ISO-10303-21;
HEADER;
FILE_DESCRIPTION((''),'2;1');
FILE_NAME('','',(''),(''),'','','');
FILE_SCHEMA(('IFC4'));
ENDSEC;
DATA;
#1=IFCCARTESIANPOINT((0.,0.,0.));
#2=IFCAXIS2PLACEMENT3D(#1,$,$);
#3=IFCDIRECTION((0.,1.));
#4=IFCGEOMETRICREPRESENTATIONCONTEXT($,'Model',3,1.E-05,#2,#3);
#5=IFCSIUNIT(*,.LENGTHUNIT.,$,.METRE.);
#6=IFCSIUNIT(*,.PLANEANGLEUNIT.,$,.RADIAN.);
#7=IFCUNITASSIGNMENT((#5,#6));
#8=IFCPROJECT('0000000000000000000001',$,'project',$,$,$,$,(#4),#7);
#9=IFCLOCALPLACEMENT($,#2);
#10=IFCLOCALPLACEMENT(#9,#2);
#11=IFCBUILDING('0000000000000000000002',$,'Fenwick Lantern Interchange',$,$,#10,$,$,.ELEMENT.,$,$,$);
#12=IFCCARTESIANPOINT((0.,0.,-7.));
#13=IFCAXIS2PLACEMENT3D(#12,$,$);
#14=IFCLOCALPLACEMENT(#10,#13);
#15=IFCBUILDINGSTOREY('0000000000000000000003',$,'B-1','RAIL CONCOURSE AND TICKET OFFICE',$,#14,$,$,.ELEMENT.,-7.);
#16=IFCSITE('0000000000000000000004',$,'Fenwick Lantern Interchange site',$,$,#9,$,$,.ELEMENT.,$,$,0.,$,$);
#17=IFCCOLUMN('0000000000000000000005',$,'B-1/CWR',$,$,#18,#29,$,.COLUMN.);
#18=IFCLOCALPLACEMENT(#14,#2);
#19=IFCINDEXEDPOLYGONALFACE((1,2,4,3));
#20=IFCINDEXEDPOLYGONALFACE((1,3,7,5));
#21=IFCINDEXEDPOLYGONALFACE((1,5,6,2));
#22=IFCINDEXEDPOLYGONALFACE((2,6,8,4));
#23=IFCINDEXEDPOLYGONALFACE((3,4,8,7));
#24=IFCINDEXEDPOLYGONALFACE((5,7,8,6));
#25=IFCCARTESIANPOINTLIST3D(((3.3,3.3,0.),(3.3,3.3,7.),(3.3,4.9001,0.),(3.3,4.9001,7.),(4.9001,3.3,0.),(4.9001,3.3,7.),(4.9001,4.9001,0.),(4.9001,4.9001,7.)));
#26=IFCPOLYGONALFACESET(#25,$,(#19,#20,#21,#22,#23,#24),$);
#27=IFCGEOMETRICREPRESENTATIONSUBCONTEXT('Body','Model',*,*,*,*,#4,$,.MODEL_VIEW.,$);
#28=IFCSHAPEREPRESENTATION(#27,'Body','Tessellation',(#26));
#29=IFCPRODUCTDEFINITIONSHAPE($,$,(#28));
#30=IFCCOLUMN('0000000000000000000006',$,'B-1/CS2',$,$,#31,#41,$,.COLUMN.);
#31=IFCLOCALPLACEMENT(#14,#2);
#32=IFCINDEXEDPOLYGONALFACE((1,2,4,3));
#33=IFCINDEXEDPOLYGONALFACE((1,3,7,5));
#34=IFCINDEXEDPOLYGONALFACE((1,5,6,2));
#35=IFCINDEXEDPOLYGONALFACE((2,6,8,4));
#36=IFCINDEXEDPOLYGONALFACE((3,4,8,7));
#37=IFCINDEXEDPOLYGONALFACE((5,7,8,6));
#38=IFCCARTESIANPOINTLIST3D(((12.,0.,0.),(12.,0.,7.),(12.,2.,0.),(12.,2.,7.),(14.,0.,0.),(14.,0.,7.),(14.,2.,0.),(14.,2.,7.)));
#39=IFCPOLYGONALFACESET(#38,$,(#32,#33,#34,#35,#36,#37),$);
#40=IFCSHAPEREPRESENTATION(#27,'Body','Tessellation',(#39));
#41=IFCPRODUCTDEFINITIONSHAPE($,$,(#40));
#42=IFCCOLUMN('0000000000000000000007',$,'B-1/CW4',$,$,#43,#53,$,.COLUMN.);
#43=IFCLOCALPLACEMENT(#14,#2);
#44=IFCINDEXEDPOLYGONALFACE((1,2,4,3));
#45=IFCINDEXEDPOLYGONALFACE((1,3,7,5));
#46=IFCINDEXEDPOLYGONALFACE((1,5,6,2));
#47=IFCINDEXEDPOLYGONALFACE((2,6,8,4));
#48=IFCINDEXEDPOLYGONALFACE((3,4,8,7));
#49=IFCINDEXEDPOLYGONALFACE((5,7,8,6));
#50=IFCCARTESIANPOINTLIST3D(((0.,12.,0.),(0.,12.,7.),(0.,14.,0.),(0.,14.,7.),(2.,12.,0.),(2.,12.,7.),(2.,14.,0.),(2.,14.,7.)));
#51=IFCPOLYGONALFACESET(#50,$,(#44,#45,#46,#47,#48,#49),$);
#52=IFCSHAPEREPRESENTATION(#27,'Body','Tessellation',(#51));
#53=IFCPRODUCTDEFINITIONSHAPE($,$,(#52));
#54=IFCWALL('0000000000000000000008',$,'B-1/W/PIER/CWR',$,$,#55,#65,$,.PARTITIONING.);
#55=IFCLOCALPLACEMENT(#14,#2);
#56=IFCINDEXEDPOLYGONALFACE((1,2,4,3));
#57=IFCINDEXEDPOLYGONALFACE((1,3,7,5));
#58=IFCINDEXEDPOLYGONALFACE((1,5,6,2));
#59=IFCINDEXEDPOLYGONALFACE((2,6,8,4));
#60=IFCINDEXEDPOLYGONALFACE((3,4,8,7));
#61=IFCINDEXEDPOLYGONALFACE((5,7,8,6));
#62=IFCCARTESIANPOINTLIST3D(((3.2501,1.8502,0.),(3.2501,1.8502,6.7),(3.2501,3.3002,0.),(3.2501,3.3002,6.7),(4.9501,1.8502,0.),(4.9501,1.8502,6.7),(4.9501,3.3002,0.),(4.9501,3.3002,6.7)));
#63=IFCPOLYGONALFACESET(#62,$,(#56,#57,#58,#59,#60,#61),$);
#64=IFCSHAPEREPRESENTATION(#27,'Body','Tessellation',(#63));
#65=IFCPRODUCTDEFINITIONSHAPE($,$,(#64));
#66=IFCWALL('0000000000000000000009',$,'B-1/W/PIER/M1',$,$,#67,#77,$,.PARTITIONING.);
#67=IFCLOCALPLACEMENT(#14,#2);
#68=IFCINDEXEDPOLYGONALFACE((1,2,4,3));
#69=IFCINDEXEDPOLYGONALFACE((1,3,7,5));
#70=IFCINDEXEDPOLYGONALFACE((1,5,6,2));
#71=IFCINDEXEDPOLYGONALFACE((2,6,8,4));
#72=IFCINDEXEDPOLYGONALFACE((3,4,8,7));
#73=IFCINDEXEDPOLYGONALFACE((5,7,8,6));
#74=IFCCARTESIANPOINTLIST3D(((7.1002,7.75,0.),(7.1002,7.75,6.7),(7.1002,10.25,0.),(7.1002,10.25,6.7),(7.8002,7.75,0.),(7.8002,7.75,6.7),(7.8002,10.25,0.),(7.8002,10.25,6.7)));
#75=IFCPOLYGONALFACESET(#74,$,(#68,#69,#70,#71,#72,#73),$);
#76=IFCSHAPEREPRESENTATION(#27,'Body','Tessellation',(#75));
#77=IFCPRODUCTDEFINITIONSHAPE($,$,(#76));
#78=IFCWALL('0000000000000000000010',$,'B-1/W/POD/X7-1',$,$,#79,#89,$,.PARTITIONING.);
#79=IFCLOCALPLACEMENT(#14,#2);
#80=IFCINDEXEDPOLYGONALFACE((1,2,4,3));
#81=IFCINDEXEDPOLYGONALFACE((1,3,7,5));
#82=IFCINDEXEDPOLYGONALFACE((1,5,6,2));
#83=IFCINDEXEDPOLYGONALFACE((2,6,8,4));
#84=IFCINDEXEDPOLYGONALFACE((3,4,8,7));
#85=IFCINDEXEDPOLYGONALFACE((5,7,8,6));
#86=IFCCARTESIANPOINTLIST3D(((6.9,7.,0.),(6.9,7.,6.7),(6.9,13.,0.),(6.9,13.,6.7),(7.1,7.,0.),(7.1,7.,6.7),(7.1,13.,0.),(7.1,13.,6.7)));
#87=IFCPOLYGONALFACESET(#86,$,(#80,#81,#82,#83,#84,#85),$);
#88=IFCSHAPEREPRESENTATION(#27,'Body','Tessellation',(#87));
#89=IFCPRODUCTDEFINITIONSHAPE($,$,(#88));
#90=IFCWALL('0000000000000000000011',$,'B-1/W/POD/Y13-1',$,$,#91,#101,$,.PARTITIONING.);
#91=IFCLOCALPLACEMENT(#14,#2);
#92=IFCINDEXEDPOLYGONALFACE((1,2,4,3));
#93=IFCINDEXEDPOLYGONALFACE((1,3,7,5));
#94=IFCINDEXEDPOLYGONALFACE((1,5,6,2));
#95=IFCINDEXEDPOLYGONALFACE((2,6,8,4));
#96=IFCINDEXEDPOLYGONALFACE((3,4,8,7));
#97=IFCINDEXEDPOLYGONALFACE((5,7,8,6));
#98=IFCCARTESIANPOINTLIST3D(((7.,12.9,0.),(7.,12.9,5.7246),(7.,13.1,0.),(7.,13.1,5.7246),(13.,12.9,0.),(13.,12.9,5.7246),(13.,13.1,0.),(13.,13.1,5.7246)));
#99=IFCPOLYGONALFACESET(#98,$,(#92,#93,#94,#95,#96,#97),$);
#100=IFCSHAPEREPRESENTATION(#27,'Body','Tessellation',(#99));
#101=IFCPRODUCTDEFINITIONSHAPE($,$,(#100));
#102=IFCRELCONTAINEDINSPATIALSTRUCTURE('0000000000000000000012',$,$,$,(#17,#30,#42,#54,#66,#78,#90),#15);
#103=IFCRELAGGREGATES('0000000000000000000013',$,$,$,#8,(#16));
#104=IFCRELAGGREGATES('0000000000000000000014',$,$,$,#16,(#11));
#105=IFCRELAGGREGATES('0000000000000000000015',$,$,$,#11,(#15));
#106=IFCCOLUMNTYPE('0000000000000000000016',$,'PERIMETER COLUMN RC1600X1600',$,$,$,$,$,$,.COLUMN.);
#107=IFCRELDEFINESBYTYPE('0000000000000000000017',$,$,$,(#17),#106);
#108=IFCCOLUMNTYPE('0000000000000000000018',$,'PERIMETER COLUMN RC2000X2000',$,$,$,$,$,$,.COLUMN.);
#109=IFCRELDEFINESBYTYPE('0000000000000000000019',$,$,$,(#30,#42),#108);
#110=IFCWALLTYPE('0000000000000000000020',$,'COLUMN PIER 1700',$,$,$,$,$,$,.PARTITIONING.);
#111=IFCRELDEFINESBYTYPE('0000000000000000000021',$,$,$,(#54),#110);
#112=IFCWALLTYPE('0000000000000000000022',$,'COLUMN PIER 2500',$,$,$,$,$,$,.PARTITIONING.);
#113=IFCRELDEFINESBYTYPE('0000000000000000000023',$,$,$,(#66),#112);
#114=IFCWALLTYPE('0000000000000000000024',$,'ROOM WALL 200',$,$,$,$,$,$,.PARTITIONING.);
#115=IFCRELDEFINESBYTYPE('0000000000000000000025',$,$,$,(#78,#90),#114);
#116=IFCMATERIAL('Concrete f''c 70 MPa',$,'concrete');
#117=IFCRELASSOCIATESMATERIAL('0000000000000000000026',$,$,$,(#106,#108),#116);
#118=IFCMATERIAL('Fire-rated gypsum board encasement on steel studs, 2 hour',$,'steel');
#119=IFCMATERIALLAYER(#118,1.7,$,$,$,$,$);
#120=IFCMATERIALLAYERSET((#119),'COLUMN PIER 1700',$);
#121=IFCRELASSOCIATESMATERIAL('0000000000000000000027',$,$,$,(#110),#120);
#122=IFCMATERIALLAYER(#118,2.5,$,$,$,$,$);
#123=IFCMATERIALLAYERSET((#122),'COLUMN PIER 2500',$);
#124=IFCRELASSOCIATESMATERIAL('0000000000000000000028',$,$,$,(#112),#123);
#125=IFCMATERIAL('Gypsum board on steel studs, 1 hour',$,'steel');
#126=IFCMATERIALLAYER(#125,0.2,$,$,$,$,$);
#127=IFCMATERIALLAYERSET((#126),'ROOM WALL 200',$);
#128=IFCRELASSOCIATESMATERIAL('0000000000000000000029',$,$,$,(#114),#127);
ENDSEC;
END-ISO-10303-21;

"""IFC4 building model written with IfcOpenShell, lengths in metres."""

from ifc_helpers import new_model, si_unit, direction, frame, frame_2d, origin, origin_2d, place, context, subcontext, project, spatial, rectangle, extrude, material, layer, layer_set, material_profile, profile_set, type_object, element, save


model = new_model("IFC4")

# Units and contexts
model_context = context("Model", 3, precision=1e-05, world=origin(), true_north=direction((0.0, 1.0)))
body_context = subcontext(model_context, "Body", "Model", "MODEL_VIEW")
ifc_project = project(units=[si_unit("LENGTHUNIT", "METRE"), si_unit("PLANEANGLEUNIT", "RADIAN")], contexts=[model_context])

# Site, building, storey
site_placement = place(None, origin())
site = spatial("IfcSite", under=ifc_project, at=site_placement, Name="Fenwick Lantern Interchange site", CompositionType="ELEMENT", RefElevation=0.0)
building_placement = place(site_placement, origin())
building = spatial("IfcBuilding", under=site, at=building_placement, Name="Fenwick Lantern Interchange", CompositionType="ELEMENT")
storey_placement = place(building_placement, frame((0.0, 0.0, -7.0)))
storey = spatial("IfcBuildingStorey", under=building, at=storey_placement, Name="B-1", Description="RAIL CONCOURSE AND TICKET OFFICE", CompositionType="ELEMENT", Elevation=-7.0)

# Columns
ifc_material_1 = material(Name="Concrete f'c 70 MPa", Category="concrete")
ifc_material_profile_1 = material_profile(ifc_material_1, rectangle(XDim=1.6001, YDim=1.6001, at=origin_2d()), Name="RC1600X1600")
ifc_profile_set_1 = profile_set([ifc_material_profile_1], Name="Concrete f'c 70 MPa")
column_type_1 = type_object("IfcColumnType", Name="PERIMETER COLUMN RC1600X1600", PredefinedType="COLUMN", material=ifc_profile_set_1)
for number, where, z_axis, x_axis, name in (
    (1, (4.1001, 4.1001, 0.0), (0.0, 0.0, 1.0), (1.0, 0.0, 0.0), "B-1/CWR"),
):
    element("IfcColumn", number, at=place(storey_placement, frame(where, z_axis=z_axis, x_axis=x_axis)), inside=storey, type_object=column_type_1, Name=name, PredefinedType="COLUMN", context=body_context, shape_type="SweptSolid", body=[
        extrude(rectangle(XDim=1.6001, YDim=1.6001, at=origin_2d()), origin(), (0.0, 0.0, 1.0), 7.0),
    ])
ifc_material_profile_2 = material_profile(ifc_material_1, rectangle(XDim=2.0, YDim=2.0, at=origin_2d()), Name="RC2000X2000")
ifc_profile_set_2 = profile_set([ifc_material_profile_2], Name="Concrete f'c 70 MPa")
column_type_2 = type_object("IfcColumnType", Name="PERIMETER COLUMN RC2000X2000", PredefinedType="COLUMN", material=ifc_profile_set_2)
for number, where, z_axis, x_axis, name in (
    (2, (13.0, 1.0, 0.0), (0.0, 0.0, 1.0), (1.0, 0.0, 0.0), "B-1/CS2"),
    (3, (1.0, 13.0, 0.0), (0.0, 0.0, 1.0), (1.0, 0.0, 0.0), "B-1/CW4"),
):
    element("IfcColumn", number, at=place(storey_placement, frame(where, z_axis=z_axis, x_axis=x_axis)), inside=storey, type_object=column_type_2, Name=name, PredefinedType="COLUMN", context=body_context, shape_type="SweptSolid", body=[
        extrude(rectangle(XDim=2.0, YDim=2.0, at=origin_2d()), origin(), (0.0, 0.0, 1.0), 7.0),
    ])

# Walls
ifc_material_2 = material(Name="Fire-rated gypsum board encasement on steel studs, 2 hour", Category="steel")
ifc_layer_1 = layer(ifc_material_2, 1.7)
ifc_layer_set_1 = layer_set([ifc_layer_1], Name="COLUMN PIER 1700")
wall_type_1 = type_object("IfcWallType", Name="COLUMN PIER 1700", PredefinedType="PARTITIONING", material=ifc_layer_set_1)
wall_1_placement = place(storey_placement, frame((4.1001, 1.8501, 0.0), z_axis=(0.0, 0.0, 1.0), x_axis=(0.0, 1.0, 0.0)))
element("IfcWall", 4, at=wall_1_placement, inside=storey, type_object=wall_type_1, Name="B-1/W/PIER/CWR", PredefinedType="PARTITIONING", context=body_context, shape_type="SweptSolid", body=[
    extrude(rectangle(XDim=1.45, YDim=1.7, at=frame_2d((0.7251, 0.0))), origin(), (0.0, 0.0, 1.0), 6.7),
])
ifc_layer_2 = layer(ifc_material_2, 2.5)
ifc_layer_set_2 = layer_set([ifc_layer_2], Name="COLUMN PIER 2500")
wall_type_2 = type_object("IfcWallType", Name="COLUMN PIER 2500", PredefinedType="PARTITIONING", material=ifc_layer_set_2)
wall_2_placement = place(storey_placement, frame((7.1001, 9.0, 0.0), z_axis=(0.0, 0.0, 1.0), x_axis=(1.0, 0.0, 0.0)))
element("IfcWall", 5, at=wall_2_placement, inside=storey, type_object=wall_type_2, Name="B-1/W/PIER/M1", PredefinedType="PARTITIONING", context=body_context, shape_type="SweptSolid", body=[
    extrude(rectangle(XDim=0.7, YDim=2.5, at=frame_2d((0.3501, 0.0))), origin(), (0.0, 0.0, 1.0), 6.7),
])

# Walls
ifc_material_3 = material(Name="Gypsum board on steel studs, 1 hour", Category="steel")
ifc_layer_3 = layer(ifc_material_3, 0.2)
ifc_layer_set_3 = layer_set([ifc_layer_3], Name="ROOM WALL 200")
wall_type_3 = type_object("IfcWallType", Name="ROOM WALL 200", PredefinedType="PARTITIONING", material=ifc_layer_set_3)
wall_3_placement = place(storey_placement, frame((7.0, 7.0, 0.0), z_axis=(0.0, 0.0, 1.0), x_axis=(0.0, 1.0, 0.0)))
element("IfcWall", 6, at=wall_3_placement, inside=storey, type_object=wall_type_3, Name="B-1/W/POD/X7-1", PredefinedType="PARTITIONING", context=body_context, shape_type="SweptSolid", body=[
    extrude(rectangle(XDim=6.0, YDim=0.2, at=frame_2d((3.0, 0.0))), origin(), (0.0, 0.0, 1.0), 6.7),
])
wall_4_placement = place(storey_placement, frame((7.0, 13.0, 0.0), z_axis=(0.0, 0.0, 1.0), x_axis=(1.0, 0.0, 0.0)))
element("IfcWall", 7, at=wall_4_placement, inside=storey, type_object=wall_type_3, Name="B-1/W/POD/Y13-1", PredefinedType="PARTITIONING", context=body_context, shape_type="SweptSolid", body=[
    extrude(rectangle(XDim=6.0, YDim=0.2, at=frame_2d((3.0, 0.0))), origin(), (0.0, 0.0, 1.0), 5.7246),
])

save(model, "model.ifc")
